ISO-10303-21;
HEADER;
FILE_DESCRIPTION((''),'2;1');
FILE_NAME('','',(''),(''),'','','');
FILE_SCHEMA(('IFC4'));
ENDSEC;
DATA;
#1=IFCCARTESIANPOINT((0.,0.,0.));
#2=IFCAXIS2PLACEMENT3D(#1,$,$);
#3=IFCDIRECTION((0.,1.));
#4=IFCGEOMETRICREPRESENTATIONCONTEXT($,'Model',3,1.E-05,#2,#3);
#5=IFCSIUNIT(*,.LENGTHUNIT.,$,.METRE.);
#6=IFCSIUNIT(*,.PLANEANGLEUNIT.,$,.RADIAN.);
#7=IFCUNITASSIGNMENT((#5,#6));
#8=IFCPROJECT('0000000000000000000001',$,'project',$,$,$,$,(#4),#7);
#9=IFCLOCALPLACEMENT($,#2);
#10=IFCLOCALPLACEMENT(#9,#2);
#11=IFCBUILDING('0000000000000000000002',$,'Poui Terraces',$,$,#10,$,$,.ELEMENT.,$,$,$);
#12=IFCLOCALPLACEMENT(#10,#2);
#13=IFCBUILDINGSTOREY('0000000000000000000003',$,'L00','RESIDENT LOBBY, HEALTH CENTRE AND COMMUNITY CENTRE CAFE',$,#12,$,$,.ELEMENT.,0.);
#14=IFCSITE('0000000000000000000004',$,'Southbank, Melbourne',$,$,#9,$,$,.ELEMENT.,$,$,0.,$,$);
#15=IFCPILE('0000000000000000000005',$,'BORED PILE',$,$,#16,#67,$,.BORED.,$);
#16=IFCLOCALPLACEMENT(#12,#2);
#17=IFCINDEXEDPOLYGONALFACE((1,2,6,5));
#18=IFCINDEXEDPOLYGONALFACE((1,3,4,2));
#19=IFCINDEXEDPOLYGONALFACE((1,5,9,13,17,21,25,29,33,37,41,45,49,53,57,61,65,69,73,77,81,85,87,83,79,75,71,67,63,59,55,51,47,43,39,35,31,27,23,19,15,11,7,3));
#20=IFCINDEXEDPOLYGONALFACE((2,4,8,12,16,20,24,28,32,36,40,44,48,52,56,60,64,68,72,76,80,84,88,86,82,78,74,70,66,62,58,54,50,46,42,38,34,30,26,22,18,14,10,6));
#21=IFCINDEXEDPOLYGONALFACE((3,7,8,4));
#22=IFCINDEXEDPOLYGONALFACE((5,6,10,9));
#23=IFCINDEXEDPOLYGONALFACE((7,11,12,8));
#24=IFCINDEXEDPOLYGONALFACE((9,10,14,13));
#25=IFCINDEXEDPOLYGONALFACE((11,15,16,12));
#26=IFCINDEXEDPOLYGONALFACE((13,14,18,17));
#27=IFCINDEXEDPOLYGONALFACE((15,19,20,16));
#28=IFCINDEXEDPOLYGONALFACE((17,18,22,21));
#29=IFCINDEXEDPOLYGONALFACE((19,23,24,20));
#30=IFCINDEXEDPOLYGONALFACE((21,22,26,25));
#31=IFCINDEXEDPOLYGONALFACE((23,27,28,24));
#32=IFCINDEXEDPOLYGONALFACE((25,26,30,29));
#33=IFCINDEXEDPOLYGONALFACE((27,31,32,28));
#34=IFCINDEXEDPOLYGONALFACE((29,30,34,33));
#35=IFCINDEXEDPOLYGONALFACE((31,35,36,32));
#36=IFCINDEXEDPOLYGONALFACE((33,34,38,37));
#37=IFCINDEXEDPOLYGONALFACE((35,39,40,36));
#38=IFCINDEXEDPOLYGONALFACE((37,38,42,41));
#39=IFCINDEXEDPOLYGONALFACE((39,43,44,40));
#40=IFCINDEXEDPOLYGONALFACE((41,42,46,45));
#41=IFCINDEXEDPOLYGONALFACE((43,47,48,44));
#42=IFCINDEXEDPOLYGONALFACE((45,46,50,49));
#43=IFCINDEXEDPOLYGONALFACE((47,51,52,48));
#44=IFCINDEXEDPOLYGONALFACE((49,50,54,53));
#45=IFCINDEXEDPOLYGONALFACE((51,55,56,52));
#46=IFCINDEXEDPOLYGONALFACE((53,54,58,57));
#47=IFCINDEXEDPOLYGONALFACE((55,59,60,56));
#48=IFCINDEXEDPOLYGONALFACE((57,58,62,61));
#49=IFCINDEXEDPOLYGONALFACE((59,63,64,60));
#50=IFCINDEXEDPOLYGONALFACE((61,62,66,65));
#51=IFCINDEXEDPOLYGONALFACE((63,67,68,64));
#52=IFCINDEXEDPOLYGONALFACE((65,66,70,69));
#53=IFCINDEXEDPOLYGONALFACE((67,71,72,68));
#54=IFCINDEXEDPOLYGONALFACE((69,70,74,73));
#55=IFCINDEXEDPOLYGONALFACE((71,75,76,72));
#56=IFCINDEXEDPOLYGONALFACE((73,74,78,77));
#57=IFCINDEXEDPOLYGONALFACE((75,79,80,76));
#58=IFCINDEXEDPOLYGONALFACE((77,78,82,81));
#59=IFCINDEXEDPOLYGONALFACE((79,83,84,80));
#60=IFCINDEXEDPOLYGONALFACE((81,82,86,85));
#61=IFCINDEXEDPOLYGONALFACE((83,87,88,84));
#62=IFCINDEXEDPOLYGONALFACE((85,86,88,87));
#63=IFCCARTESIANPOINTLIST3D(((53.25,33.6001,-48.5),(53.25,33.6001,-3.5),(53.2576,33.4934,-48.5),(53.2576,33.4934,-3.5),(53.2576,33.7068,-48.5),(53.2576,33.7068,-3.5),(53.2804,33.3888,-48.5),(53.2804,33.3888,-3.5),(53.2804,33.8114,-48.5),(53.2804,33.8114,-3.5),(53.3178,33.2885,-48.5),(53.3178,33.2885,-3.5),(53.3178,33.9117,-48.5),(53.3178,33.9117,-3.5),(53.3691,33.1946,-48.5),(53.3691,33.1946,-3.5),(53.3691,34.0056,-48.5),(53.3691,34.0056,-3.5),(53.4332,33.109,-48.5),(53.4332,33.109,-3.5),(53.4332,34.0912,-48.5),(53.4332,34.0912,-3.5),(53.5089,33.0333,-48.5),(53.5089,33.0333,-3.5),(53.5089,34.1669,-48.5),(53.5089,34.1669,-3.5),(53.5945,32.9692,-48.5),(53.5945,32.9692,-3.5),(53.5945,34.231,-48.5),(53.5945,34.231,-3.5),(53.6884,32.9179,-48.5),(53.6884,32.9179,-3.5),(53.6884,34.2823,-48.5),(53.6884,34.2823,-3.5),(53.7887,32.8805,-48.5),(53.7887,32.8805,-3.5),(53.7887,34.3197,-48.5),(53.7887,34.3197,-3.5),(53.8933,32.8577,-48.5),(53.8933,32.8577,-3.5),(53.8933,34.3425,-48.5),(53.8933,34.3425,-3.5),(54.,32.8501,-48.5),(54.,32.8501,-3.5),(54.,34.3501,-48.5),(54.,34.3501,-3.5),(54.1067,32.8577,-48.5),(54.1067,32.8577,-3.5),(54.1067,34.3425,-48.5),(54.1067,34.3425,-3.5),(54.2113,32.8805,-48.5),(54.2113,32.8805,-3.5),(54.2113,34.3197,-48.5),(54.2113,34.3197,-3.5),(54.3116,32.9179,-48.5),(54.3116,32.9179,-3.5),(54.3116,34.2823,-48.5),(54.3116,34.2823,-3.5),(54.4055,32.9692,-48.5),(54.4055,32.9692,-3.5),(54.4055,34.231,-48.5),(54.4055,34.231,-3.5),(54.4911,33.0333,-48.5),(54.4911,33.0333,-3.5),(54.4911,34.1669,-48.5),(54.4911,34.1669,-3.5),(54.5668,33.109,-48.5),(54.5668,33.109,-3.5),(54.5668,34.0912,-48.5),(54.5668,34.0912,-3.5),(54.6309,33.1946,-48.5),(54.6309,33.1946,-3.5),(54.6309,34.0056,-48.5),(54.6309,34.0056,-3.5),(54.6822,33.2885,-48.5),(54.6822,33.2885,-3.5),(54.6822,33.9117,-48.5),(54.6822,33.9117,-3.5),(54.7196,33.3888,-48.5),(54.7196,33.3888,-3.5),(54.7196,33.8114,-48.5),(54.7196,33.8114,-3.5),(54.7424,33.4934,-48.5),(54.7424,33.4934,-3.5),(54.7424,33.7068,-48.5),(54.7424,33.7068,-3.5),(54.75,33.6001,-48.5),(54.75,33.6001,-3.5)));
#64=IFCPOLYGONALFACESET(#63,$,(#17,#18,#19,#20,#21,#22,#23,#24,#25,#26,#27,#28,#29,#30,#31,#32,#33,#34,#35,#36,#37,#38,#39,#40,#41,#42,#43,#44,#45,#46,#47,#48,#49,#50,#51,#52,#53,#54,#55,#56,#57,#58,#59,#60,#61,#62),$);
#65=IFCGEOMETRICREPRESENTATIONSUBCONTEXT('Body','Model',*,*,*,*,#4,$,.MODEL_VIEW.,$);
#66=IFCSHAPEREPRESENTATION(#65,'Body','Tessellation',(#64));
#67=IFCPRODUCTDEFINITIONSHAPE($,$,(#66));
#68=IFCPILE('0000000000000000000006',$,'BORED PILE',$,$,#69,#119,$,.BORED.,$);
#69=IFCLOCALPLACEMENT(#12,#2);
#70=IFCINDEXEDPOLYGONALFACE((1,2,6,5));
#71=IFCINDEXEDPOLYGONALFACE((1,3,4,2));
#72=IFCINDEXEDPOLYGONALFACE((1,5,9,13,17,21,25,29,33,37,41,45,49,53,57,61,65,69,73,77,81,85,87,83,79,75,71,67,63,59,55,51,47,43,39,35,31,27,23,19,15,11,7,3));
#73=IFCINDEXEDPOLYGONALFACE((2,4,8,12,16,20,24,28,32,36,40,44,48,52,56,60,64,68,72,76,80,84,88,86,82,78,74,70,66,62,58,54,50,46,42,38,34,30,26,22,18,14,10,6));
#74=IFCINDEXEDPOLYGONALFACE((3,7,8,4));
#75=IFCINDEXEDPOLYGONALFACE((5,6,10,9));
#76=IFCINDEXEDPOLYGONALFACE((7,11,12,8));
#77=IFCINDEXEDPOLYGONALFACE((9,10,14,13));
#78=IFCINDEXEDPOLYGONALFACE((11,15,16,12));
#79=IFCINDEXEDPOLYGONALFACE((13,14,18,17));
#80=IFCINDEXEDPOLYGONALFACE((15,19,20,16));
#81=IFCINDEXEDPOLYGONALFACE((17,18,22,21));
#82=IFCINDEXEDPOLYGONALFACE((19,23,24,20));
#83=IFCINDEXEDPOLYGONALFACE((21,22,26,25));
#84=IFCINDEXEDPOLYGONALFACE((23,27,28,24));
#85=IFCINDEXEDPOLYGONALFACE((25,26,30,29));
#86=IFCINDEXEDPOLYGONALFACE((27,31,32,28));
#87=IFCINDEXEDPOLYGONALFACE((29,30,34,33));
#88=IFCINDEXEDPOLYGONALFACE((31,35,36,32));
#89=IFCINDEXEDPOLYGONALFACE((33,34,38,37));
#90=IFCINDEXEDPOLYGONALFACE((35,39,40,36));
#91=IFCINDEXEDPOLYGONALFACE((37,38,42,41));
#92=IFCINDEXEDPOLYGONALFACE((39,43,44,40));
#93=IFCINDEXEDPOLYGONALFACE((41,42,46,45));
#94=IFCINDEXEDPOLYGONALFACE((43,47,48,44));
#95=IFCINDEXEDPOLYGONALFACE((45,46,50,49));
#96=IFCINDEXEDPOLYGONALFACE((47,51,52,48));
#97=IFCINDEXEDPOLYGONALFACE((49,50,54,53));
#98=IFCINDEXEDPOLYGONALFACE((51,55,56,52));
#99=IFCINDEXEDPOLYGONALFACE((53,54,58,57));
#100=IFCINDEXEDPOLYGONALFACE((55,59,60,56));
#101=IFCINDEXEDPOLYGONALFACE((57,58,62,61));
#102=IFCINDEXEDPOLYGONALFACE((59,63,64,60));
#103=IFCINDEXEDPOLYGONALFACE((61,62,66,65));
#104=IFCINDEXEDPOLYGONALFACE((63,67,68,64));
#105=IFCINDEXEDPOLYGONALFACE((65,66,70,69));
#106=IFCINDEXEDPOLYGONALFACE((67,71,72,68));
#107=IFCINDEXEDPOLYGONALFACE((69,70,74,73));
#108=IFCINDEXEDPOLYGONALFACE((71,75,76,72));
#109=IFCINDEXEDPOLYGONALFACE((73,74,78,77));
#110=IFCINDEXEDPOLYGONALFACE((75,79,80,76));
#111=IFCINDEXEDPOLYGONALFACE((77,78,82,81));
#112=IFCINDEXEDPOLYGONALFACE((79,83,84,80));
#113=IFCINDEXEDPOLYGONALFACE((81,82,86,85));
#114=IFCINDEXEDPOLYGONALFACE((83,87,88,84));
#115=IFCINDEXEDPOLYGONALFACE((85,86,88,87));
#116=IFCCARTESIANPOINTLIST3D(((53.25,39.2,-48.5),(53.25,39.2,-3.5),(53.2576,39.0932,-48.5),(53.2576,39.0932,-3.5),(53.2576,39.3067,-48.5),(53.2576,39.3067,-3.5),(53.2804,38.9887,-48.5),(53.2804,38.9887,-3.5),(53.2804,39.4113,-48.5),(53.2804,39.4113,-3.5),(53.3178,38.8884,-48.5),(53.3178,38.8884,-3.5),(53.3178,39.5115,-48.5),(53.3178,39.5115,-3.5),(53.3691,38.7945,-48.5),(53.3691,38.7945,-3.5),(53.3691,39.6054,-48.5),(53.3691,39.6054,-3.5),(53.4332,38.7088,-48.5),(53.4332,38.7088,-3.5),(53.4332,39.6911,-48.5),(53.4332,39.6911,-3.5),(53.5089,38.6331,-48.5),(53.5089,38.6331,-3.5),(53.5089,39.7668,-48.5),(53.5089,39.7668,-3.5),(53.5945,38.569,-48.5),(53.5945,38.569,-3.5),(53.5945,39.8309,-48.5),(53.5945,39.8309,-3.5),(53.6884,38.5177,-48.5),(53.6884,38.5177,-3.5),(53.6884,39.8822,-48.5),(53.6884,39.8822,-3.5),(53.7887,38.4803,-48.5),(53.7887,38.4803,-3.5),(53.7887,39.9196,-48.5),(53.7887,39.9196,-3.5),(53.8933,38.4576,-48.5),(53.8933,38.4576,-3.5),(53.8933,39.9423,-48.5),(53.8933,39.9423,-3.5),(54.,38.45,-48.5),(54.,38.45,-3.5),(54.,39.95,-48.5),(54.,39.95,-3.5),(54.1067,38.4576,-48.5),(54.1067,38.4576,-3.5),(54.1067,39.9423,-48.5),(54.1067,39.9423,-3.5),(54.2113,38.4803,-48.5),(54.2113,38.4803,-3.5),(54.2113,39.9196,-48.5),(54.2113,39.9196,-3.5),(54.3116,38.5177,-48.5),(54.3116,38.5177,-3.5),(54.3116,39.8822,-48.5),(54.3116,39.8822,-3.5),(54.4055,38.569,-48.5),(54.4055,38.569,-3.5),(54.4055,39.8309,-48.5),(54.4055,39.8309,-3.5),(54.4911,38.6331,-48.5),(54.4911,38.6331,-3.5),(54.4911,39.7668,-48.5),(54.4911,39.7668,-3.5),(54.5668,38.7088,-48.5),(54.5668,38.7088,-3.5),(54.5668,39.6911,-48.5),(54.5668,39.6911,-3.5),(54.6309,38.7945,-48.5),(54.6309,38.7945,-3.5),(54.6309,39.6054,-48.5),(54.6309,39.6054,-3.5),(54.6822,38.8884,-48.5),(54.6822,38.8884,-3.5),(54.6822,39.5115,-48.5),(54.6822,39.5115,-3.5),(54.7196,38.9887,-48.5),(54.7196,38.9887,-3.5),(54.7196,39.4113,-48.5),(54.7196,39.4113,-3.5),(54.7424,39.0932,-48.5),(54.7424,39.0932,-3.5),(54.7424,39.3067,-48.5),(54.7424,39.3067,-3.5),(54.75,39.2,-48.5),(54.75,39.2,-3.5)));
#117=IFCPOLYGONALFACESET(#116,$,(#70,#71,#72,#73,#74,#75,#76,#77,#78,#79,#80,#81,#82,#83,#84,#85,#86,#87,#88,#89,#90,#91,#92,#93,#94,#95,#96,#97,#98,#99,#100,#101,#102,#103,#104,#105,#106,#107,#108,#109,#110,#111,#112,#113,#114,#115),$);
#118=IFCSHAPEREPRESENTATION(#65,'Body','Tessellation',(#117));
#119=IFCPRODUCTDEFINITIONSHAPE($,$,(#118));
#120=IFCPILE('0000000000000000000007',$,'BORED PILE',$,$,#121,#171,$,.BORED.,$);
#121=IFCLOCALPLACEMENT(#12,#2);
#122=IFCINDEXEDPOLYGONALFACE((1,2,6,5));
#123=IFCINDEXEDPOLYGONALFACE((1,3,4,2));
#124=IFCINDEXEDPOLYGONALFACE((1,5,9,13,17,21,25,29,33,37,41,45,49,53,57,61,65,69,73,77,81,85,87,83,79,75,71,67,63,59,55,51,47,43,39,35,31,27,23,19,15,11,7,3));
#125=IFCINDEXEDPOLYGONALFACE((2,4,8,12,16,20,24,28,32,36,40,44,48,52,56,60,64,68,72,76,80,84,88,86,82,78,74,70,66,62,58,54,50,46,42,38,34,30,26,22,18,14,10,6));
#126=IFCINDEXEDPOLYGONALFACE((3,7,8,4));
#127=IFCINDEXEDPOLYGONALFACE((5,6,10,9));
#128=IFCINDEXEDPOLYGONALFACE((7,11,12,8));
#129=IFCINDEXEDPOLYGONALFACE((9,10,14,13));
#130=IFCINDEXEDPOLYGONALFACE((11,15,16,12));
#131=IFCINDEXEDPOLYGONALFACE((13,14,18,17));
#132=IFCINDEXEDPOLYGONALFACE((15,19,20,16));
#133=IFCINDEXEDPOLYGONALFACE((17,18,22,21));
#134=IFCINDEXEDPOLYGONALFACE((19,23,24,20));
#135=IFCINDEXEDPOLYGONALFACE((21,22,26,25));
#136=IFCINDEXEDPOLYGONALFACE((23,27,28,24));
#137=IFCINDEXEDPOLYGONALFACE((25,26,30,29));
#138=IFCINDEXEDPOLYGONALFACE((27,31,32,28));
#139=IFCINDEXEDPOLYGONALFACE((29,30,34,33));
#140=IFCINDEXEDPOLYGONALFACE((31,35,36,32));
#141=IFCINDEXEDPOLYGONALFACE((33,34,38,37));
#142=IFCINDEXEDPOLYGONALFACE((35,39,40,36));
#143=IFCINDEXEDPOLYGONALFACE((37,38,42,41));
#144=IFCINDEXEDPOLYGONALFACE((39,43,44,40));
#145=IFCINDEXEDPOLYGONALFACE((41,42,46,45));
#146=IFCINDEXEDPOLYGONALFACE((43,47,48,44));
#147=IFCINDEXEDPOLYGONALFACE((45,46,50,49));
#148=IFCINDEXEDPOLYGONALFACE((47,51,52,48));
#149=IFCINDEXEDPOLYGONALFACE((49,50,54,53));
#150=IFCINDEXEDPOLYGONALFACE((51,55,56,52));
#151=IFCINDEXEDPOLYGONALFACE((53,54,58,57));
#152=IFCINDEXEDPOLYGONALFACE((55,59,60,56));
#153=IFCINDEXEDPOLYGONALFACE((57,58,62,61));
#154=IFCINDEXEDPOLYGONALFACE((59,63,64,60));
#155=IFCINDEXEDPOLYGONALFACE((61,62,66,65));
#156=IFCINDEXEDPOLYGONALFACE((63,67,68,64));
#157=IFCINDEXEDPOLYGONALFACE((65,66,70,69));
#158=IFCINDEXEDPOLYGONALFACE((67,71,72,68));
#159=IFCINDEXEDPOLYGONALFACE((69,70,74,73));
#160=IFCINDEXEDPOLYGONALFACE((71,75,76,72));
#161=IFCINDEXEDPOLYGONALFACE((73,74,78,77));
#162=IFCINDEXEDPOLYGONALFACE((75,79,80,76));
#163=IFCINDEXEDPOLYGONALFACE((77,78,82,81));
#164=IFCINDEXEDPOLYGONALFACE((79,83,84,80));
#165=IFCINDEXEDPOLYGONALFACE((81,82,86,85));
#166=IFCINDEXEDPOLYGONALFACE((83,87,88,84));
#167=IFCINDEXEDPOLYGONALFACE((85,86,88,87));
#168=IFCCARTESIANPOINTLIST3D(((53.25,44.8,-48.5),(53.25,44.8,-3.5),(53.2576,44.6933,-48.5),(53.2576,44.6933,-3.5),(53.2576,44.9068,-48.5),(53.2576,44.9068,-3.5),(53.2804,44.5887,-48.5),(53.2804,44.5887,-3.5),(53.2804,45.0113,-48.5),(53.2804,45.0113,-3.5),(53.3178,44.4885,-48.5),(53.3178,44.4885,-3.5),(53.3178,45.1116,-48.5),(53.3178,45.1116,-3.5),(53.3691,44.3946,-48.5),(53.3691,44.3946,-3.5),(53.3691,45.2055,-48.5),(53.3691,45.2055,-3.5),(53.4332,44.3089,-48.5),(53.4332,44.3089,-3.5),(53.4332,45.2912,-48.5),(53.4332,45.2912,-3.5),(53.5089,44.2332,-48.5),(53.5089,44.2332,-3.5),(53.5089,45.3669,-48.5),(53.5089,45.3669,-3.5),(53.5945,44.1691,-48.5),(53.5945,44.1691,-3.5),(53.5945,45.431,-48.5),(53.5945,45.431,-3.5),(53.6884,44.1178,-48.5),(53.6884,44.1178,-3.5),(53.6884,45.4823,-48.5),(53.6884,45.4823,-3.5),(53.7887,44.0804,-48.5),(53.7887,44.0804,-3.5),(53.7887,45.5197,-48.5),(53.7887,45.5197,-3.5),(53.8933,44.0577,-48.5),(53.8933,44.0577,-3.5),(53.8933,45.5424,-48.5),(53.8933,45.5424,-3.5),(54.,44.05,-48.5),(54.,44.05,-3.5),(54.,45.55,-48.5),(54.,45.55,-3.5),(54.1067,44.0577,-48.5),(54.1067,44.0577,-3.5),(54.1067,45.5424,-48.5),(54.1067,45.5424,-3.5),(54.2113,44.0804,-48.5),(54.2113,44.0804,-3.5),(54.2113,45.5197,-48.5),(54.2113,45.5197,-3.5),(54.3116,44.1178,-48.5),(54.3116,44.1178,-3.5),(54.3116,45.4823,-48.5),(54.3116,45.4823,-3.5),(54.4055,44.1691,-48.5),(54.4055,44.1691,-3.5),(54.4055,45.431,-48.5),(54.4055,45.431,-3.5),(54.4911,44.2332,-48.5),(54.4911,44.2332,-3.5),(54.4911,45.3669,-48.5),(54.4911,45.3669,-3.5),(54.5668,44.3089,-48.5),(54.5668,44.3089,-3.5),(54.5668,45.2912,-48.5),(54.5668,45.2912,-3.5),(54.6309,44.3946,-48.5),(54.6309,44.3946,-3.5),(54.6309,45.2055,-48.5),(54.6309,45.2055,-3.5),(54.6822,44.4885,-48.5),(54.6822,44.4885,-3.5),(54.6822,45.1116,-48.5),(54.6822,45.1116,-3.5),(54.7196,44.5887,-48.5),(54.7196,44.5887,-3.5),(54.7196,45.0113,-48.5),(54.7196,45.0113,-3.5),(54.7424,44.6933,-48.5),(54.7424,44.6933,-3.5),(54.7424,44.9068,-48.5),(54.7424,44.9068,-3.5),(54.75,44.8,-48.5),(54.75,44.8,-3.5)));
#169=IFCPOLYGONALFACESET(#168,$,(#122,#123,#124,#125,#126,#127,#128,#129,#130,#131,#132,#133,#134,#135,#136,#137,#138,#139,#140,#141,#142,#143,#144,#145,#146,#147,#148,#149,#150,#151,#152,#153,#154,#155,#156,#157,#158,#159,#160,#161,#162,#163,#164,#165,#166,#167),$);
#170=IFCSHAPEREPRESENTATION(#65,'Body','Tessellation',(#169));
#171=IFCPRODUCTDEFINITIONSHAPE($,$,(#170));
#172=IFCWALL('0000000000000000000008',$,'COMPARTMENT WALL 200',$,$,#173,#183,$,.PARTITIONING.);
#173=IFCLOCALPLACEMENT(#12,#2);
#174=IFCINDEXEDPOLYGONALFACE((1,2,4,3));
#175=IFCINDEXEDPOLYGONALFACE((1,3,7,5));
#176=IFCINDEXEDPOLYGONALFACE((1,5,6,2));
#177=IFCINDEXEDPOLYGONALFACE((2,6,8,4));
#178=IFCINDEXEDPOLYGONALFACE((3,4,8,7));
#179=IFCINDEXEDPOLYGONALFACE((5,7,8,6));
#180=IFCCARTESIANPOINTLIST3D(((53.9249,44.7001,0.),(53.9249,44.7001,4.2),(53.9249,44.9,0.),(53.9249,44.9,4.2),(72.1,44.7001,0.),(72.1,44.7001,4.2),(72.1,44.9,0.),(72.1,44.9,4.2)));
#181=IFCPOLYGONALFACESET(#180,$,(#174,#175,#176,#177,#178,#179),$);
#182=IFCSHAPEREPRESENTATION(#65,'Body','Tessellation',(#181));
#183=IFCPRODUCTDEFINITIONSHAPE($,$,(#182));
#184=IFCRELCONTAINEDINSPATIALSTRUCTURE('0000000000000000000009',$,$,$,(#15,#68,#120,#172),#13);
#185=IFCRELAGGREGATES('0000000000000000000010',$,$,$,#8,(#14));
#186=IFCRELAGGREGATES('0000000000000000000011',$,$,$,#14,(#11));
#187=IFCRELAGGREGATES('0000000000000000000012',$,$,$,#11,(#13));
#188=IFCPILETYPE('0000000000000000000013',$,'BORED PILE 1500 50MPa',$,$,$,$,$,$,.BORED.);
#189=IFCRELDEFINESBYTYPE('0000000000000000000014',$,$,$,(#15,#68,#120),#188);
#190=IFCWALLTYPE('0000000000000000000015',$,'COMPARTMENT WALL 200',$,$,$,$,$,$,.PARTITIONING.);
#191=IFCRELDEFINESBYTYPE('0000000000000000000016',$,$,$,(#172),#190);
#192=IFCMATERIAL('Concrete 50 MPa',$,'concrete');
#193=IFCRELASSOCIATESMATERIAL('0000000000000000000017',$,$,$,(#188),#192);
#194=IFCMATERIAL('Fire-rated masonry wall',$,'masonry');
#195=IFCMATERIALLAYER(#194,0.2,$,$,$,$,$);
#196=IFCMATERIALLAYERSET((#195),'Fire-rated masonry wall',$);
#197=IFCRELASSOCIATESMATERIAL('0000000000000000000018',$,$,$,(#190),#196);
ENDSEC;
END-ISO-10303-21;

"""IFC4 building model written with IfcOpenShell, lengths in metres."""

from ifc_helpers import new_model, si_unit, direction, frame, frame_2d, origin, origin_2d, place, context, subcontext, project, spatial, rectangle, circle, extrude, material, layer, layer_set, material_profile, profile_set, type_object, element, save


model = new_model("IFC4")

# Units and contexts
model_context = context("Model", 3, precision=1e-05, world=origin(), true_north=direction((0.0, 1.0)))
body_context = subcontext(model_context, "Body", "Model", "MODEL_VIEW")
ifc_project = project(units=[si_unit("LENGTHUNIT", "METRE"), si_unit("PLANEANGLEUNIT", "RADIAN")], contexts=[model_context])

# Site, building, storey
site_placement = place(None, origin())
site = spatial("IfcSite", under=ifc_project, at=site_placement, Name="Southbank, Melbourne", CompositionType="ELEMENT", RefElevation=0.0)
building_placement = place(site_placement, origin())
building = spatial("IfcBuilding", under=site, at=building_placement, Name="Poui Terraces", CompositionType="ELEMENT")
storey_placement = place(building_placement, origin())
storey = spatial("IfcBuildingStorey", under=building, at=storey_placement, Name="L00", Description="RESIDENT LOBBY, HEALTH CENTRE AND COMMUNITY CENTRE CAFE", CompositionType="ELEMENT", Elevation=0.0)

# Piles
ifc_material_1 = material(Name="Concrete 50 MPa", Category="concrete")
ifc_material_profile = material_profile(ifc_material_1, circle(Radius=0.75, at=origin_2d()), Name="RC D1500")
ifc_profile_set = profile_set([ifc_material_profile], Name="Concrete 50 MPa")
pile_type = type_object("IfcPileType", Name="BORED PILE 1500 50MPa", PredefinedType="BORED", material=ifc_profile_set)
for number, where, z_axis, x_axis, name in (
    (1, (54.0, 33.6001, -3.5), (0.0, 0.0, -1.0), (1.0, 0.0, 0.0), "BORED PILE"),
    (2, (54.0, 39.2, -3.5), (0.0, 0.0, -1.0), (1.0, 0.0, 0.0), "BORED PILE"),
    (3, (54.0, 44.8, -3.5), (0.0, 0.0, -1.0), (1.0, 0.0, 0.0), "BORED PILE"),
):
    element("IfcPile", number, at=place(storey_placement, frame(where, z_axis=z_axis, x_axis=x_axis)), inside=storey, type_object=pile_type, Name=name, PredefinedType="BORED", context=body_context, shape_type="SweptSolid", body=[
        extrude(circle(Radius=0.75, at=origin_2d()), origin(), (0.0, 0.0, 1.0), 45.0),
    ])

# Wall
ifc_material_2 = material(Name="Fire-rated masonry wall", Category="masonry")
ifc_layer_1 = layer(ifc_material_2, 0.2)
ifc_layer_set_1 = layer_set([ifc_layer_1], Name="Fire-rated masonry wall")
wall_type_1 = type_object("IfcWallType", Name="COMPARTMENT WALL 200", PredefinedType="PARTITIONING", material=ifc_layer_set_1)
wall_1_placement = place(storey_placement, frame((53.925, 44.8, 0.0), z_axis=(0.0, 0.0, 1.0), x_axis=(1.0, 0.0, 0.0)))
element("IfcWall", 4, at=wall_1_placement, inside=storey, type_object=wall_type_1, Name="COMPARTMENT WALL 200", PredefinedType="PARTITIONING", context=body_context, shape_type="SweptSolid", body=[
    extrude(rectangle(XDim=18.175, YDim=0.2, at=frame_2d((9.0874, 0.0))), origin(), (0.0, 0.0, 1.0), 4.2),
])

save(model, "model.ifc")
